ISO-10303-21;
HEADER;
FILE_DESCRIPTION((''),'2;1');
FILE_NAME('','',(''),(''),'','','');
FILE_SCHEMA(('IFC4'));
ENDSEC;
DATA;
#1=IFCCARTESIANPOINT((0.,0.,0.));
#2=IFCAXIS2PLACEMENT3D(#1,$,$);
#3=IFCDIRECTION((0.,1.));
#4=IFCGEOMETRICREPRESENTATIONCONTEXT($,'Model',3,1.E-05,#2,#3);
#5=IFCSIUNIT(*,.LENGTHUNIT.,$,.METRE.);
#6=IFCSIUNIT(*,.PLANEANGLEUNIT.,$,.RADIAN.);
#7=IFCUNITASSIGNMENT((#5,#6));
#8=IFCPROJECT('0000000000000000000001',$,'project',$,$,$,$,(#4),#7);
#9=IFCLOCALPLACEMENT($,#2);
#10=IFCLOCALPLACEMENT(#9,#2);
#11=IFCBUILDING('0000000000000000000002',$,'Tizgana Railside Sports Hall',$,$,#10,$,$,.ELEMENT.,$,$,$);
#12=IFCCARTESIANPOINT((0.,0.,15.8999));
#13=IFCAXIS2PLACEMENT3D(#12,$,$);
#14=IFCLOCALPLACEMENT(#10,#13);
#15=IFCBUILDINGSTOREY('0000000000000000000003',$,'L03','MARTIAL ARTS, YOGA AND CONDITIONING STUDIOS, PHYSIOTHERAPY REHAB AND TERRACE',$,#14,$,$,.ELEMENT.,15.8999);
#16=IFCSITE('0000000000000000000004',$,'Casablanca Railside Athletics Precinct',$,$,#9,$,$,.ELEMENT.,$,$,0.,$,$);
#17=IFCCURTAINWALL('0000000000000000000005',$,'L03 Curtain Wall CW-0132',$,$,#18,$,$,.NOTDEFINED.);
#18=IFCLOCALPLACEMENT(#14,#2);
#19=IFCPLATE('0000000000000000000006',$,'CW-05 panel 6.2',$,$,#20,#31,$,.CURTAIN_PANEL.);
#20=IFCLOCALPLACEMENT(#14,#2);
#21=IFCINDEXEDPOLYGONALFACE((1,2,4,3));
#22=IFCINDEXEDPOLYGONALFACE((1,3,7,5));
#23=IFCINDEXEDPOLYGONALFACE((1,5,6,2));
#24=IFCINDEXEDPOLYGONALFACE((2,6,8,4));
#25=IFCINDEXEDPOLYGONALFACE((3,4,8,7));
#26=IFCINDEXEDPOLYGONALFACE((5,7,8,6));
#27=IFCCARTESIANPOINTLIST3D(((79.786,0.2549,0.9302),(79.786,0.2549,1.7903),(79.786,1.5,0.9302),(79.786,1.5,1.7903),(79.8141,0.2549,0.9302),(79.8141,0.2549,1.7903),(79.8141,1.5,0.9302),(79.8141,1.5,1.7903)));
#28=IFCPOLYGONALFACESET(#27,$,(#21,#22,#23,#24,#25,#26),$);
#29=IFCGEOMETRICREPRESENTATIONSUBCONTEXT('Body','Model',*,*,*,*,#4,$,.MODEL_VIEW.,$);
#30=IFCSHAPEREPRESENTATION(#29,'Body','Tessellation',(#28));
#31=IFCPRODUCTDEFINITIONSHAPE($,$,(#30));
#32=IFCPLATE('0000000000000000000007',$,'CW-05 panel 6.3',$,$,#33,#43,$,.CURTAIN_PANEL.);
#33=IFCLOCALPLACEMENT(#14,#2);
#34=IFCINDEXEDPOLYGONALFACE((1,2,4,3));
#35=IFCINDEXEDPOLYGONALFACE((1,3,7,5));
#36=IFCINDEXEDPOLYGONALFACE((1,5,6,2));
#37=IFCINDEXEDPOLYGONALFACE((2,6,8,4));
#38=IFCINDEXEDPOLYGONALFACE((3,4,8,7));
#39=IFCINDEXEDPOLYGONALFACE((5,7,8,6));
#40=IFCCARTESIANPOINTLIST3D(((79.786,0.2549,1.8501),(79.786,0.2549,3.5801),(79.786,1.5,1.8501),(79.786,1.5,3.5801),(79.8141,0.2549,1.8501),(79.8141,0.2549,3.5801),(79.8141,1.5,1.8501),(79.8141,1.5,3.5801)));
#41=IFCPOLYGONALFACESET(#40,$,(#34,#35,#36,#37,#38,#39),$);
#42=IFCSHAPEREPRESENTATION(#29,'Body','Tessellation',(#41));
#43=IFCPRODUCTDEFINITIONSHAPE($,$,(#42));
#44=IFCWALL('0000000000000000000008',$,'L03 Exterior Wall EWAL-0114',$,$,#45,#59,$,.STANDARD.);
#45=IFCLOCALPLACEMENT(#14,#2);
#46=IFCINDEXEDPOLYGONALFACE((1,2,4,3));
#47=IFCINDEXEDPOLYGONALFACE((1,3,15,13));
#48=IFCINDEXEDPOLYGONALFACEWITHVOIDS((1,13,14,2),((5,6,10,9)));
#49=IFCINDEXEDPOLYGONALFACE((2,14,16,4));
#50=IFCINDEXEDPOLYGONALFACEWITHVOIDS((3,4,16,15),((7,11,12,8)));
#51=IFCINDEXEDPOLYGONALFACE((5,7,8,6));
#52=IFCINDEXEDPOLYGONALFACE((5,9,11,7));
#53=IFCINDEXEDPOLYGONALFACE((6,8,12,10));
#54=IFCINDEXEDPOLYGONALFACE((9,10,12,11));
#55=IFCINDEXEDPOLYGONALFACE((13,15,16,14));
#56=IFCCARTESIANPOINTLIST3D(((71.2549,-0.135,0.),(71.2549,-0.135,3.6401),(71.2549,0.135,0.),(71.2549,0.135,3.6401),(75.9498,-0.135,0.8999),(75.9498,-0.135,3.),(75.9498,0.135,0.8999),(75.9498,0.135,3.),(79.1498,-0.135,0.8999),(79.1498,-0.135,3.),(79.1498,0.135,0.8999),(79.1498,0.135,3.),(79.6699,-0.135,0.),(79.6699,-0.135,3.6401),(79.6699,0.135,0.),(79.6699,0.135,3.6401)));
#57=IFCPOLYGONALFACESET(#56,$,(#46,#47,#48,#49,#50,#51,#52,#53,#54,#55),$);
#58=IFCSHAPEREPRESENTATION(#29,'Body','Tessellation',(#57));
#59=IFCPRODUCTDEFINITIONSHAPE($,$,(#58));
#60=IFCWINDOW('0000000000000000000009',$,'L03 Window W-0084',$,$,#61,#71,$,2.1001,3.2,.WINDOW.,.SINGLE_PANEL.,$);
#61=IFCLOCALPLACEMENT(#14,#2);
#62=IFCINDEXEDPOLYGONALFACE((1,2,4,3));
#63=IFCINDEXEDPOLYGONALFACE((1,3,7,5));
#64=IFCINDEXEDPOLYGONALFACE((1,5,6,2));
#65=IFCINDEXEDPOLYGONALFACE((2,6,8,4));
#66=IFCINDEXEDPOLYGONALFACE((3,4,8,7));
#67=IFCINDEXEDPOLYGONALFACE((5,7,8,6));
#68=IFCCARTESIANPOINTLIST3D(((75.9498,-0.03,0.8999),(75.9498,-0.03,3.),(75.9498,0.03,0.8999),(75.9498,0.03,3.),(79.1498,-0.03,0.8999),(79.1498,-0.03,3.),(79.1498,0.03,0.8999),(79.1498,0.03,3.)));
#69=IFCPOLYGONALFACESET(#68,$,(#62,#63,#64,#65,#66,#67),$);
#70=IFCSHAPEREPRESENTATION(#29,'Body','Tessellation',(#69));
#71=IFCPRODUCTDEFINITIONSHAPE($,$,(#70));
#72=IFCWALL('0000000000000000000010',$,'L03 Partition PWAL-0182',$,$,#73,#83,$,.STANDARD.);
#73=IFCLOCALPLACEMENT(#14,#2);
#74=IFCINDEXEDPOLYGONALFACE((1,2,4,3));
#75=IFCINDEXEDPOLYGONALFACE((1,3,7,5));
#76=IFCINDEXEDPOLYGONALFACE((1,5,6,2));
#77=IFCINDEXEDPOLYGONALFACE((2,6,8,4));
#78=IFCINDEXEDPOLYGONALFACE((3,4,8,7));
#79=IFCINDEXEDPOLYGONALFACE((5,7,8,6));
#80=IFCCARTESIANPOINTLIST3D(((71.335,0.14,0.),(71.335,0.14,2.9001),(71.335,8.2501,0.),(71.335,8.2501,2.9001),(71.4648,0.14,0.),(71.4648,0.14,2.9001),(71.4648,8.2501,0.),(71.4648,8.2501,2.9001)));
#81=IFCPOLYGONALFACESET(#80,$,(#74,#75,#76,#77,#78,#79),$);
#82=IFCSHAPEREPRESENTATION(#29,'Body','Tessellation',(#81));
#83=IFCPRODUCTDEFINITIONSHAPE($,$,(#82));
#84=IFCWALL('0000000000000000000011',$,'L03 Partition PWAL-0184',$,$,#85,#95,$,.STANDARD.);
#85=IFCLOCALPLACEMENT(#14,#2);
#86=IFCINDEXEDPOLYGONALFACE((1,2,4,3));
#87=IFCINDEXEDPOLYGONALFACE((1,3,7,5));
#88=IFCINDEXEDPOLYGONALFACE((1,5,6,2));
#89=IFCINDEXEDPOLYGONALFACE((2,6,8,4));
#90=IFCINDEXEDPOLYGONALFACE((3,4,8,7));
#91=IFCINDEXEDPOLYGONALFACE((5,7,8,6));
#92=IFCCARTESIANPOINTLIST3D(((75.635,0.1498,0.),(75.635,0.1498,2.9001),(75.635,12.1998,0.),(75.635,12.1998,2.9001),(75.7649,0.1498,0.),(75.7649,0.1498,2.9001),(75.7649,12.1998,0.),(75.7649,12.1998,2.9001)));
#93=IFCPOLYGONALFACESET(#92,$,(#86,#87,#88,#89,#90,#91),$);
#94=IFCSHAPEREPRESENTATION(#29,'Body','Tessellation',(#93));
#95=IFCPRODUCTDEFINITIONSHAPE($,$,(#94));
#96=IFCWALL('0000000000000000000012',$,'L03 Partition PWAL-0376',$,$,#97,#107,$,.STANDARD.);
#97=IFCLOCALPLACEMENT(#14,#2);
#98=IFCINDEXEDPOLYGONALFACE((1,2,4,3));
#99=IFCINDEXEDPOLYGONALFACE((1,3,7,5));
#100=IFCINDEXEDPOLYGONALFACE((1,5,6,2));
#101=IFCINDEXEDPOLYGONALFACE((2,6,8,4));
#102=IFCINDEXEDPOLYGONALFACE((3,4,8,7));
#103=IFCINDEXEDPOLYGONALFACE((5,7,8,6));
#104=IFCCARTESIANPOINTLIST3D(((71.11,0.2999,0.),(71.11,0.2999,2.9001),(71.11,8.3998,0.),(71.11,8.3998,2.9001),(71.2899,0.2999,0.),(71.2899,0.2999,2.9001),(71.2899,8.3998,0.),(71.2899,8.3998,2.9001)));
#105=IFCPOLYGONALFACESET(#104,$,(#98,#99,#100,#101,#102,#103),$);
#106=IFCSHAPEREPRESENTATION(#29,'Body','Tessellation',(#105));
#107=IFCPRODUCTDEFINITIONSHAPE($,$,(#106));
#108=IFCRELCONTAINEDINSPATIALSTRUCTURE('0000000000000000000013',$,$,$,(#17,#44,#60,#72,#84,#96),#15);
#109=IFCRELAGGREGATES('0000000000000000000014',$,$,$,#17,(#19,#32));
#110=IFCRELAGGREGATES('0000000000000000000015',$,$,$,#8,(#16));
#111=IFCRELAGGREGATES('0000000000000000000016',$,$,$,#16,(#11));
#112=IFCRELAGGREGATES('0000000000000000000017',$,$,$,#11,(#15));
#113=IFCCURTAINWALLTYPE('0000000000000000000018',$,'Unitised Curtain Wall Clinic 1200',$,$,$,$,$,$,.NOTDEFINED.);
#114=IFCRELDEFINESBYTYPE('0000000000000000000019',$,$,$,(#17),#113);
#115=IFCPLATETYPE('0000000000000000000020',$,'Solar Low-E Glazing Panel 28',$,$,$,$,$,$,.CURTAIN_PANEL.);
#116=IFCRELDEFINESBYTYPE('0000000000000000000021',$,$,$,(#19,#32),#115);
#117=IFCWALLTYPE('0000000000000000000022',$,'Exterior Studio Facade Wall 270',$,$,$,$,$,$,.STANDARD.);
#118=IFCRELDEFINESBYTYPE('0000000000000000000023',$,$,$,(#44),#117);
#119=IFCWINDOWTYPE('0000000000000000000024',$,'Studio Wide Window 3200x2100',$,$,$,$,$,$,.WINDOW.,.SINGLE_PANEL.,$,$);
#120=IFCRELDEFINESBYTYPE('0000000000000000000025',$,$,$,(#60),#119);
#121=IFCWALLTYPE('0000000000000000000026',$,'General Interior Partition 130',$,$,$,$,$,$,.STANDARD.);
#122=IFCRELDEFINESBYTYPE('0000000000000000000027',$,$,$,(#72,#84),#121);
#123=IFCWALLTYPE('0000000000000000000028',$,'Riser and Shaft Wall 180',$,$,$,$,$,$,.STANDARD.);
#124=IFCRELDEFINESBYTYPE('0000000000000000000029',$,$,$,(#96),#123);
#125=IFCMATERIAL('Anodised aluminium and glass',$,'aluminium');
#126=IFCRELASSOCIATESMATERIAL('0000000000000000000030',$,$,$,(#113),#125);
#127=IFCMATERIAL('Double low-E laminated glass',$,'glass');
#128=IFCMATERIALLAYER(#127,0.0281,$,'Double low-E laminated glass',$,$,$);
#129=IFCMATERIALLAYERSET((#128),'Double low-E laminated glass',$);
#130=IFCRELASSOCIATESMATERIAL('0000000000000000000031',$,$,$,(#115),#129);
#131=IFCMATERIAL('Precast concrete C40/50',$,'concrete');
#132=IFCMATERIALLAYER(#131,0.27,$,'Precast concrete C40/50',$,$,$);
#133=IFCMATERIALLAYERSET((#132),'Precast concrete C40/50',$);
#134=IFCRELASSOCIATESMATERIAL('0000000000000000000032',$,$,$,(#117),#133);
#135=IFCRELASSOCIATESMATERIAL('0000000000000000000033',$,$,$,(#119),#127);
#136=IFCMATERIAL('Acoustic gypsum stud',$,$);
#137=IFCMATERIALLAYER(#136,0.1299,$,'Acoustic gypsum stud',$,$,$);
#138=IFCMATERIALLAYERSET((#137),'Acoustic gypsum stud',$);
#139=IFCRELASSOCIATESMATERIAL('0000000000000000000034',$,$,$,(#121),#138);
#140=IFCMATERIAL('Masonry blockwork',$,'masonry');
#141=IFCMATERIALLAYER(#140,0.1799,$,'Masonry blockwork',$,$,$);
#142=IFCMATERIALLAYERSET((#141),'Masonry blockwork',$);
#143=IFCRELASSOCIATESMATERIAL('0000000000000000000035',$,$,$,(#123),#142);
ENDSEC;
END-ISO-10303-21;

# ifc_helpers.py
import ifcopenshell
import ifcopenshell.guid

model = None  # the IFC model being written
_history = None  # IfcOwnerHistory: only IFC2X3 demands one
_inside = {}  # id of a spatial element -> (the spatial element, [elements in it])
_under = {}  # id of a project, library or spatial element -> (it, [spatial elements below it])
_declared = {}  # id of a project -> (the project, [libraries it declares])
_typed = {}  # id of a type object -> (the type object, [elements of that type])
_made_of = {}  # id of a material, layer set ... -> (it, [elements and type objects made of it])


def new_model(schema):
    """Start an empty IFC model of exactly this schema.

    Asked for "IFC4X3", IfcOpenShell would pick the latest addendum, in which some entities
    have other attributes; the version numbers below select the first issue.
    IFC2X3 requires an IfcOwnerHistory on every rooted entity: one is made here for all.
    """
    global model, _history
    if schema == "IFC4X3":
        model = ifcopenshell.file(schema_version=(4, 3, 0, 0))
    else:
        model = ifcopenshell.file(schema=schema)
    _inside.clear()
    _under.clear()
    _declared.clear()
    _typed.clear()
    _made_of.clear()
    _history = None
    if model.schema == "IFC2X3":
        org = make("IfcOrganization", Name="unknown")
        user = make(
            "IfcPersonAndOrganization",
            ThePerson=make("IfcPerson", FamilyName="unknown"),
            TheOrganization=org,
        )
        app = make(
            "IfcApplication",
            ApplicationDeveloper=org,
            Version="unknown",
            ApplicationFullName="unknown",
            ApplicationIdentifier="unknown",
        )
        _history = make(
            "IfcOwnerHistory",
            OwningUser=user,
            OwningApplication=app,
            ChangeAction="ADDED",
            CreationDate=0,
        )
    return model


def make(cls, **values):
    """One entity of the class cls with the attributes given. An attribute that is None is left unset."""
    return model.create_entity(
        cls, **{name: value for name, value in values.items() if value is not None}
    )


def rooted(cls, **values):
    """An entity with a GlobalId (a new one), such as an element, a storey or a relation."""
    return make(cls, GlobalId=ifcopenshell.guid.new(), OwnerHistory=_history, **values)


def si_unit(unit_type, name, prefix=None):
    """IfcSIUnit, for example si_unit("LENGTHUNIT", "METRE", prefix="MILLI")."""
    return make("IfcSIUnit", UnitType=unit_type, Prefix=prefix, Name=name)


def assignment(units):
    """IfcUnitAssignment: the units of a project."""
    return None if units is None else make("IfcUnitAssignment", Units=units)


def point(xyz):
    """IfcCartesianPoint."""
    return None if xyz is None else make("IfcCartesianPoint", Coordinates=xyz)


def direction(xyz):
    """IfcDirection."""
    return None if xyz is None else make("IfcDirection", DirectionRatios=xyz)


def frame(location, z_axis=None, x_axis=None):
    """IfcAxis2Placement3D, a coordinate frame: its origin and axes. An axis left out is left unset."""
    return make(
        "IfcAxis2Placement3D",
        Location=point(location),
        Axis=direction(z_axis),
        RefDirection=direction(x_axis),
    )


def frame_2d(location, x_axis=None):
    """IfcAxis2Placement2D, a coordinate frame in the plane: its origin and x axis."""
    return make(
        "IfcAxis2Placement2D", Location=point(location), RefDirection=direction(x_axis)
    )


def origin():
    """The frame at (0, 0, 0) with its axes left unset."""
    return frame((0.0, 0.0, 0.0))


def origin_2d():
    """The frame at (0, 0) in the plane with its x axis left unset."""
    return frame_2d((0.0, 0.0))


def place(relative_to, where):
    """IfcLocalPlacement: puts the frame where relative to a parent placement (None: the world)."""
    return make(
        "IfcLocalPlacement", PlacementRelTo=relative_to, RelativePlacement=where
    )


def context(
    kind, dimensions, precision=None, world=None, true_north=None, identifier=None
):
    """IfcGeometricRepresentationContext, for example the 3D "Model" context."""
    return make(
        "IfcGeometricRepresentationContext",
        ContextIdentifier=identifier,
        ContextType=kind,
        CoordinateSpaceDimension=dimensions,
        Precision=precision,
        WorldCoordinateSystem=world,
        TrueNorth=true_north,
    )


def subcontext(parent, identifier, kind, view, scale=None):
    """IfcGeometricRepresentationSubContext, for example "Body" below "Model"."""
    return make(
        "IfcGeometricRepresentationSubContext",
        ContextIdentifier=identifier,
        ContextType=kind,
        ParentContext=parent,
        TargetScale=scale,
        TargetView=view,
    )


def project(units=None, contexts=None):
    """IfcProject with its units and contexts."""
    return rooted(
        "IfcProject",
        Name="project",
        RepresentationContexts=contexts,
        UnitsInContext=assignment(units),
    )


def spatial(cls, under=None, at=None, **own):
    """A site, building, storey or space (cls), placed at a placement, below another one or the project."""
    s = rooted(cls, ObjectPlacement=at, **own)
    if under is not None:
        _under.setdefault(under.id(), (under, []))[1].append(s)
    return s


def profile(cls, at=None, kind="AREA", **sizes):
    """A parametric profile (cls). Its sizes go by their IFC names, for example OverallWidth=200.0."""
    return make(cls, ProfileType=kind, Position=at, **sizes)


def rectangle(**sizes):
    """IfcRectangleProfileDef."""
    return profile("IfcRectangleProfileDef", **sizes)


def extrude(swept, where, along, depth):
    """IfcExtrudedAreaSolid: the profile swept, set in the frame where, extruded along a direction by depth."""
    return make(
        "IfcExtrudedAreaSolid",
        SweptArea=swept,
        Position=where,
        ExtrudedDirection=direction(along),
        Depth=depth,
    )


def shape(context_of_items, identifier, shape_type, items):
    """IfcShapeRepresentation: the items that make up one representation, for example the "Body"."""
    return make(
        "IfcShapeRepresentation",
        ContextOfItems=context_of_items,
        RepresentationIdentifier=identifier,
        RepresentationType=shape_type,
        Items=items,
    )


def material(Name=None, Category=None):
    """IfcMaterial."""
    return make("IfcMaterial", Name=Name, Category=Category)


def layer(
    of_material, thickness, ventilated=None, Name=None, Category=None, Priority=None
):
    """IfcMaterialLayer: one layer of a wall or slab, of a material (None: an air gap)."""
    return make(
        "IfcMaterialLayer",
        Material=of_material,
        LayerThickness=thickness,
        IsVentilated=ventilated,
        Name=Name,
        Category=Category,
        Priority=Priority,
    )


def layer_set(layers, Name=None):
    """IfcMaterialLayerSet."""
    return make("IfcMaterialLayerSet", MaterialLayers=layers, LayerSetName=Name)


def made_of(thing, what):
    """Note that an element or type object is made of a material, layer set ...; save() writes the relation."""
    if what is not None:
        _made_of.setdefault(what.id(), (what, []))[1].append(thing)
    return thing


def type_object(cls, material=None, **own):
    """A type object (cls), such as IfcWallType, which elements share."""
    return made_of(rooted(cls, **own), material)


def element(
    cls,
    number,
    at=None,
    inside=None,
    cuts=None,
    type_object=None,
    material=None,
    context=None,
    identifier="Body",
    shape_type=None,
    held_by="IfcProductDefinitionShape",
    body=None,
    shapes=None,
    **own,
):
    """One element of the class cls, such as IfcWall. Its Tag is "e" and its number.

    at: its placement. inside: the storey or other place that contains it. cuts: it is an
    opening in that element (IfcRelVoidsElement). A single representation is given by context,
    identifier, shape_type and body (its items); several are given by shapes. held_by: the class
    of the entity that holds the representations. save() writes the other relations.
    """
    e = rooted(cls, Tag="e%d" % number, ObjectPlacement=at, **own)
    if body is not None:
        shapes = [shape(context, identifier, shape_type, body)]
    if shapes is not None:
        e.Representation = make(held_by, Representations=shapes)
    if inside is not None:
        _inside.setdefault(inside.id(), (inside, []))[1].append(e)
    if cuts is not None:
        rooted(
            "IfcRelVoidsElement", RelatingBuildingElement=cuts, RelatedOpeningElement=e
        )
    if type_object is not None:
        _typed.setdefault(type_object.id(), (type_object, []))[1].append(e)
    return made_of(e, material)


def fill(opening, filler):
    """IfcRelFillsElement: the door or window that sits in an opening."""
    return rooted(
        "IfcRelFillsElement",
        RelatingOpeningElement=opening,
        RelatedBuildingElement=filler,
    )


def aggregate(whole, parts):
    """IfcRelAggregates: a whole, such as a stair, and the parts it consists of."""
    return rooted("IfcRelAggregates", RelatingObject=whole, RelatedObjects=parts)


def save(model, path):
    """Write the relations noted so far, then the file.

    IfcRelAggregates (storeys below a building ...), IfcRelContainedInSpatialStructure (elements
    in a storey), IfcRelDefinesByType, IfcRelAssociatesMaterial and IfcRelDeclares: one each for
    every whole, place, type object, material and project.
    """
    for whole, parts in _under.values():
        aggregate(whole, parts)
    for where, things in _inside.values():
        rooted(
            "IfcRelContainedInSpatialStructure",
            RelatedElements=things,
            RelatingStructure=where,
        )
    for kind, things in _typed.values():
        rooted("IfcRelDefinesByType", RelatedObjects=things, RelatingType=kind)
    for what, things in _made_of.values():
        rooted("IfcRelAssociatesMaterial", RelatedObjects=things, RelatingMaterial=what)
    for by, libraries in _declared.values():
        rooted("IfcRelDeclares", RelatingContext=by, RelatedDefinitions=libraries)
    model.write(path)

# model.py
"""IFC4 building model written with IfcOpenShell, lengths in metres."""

from ifc_helpers import new_model, si_unit, direction, frame, frame_2d, origin, origin_2d, place, context, subcontext, project, spatial, rectangle, extrude, material, layer, layer_set, type_object, element, fill, aggregate, save


model = new_model("IFC4")

# Units and contexts
model_context = context("Model", 3, precision=1e-05, world=origin(), true_north=direction((0.0, 1.0)))
body_context = subcontext(model_context, "Body", "Model", "MODEL_VIEW")
ifc_project = project(units=[si_unit("LENGTHUNIT", "METRE"), si_unit("PLANEANGLEUNIT", "RADIAN")], contexts=[model_context])

# Site, building, storey
site_placement = place(None, origin())
site = spatial("IfcSite", under=ifc_project, at=site_placement, Name="Casablanca Railside Athletics Precinct", CompositionType="ELEMENT", RefElevation=0.0)
building_placement = place(site_placement, origin())
building = spatial("IfcBuilding", under=site, at=building_placement, Name="Tizgana Railside Sports Hall", CompositionType="ELEMENT")
storey_placement = place(building_placement, frame((0.0, 0.0, 15.8999)))
storey = spatial("IfcBuildingStorey", under=building, at=storey_placement, Name="L03", Description="MARTIAL ARTS, YOGA AND CONDITIONING STUDIOS, PHYSIOTHERAPY REHAB AND TERRACE", CompositionType="ELEMENT", Elevation=15.8999)

# Curtain wall
ifc_material_1 = material(Name="Anodised aluminium and glass", Category="aluminium")
curtain_wall_type_1 = type_object("IfcCurtainWallType", Name="Unitised Curtain Wall Clinic 1200", PredefinedType="NOTDEFINED", material=ifc_material_1)
curtain_wall_1_placement = place(storey_placement, origin())
curtain_wall_1 = element("IfcCurtainWall", 1, at=curtain_wall_1_placement, inside=storey, type_object=curtain_wall_type_1, Name="L03 Curtain Wall CW-0132", PredefinedType="NOTDEFINED")

# Plates
ifc_material_2 = material(Name="Double low-E laminated glass", Category="glass")
ifc_layer_1 = layer(ifc_material_2, 0.0281, Name="Double low-E laminated glass")
ifc_layer_set_1 = layer_set([ifc_layer_1], Name="Double low-E laminated glass")
plate_type = type_object("IfcPlateType", Name="Solar Low-E Glazing Panel 28", PredefinedType="CURTAIN_PANEL", material=ifc_layer_set_1)
plate_1_placement = place(storey_placement, frame((79.8, 0.8774, 0.9302), z_axis=(0.0, 0.0, 1.0), x_axis=(0.0, -1.0, 0.0)))
plate_1 = element("IfcPlate", 2, at=plate_1_placement, type_object=plate_type, Name="CW-05 panel 6.2", PredefinedType="CURTAIN_PANEL", context=body_context, shape_type="SweptSolid", body=[
    extrude(rectangle(XDim=1.2451, YDim=0.0281, at=origin_2d()), origin(), (0.0, 0.0, 1.0), 0.8601),
])
plate_2_placement = place(storey_placement, frame((79.8, 0.8774, 1.8501), z_axis=(0.0, 0.0, 1.0), x_axis=(0.0, -1.0, 0.0)))
plate_2 = element("IfcPlate", 3, at=plate_2_placement, type_object=plate_type, Name="CW-05 panel 6.3", PredefinedType="CURTAIN_PANEL", context=body_context, shape_type="SweptSolid", body=[
    extrude(rectangle(XDim=1.2451, YDim=0.0281, at=origin_2d()), origin(), (0.0, 0.0, 1.0), 1.73),
])
aggregate(curtain_wall_1, [plate_1, plate_2])

# Wall, opening, window
ifc_material_3 = material(Name="Precast concrete C40/50", Category="concrete")
ifc_layer_2 = layer(ifc_material_3, 0.27, Name="Precast concrete C40/50")
ifc_layer_set_2 = layer_set([ifc_layer_2], Name="Precast concrete C40/50")
wall_type_1 = type_object("IfcWallType", Name="Exterior Studio Facade Wall 270", PredefinedType="STANDARD", material=ifc_layer_set_2)
wall_1_placement = place(storey_placement, frame((79.6699, 0.0, 0.0), z_axis=(0.0, 0.0, 1.0), x_axis=(-1.0, 0.0, 0.0)))
wall_1 = element("IfcWall", 4, at=wall_1_placement, inside=storey, type_object=wall_type_1, Name="L03 Exterior Wall EWAL-0114", PredefinedType="STANDARD", context=body_context, shape_type="SweptSolid", body=[
    extrude(rectangle(XDim=8.415, YDim=0.27, at=frame_2d((4.2075, 0.0))), origin(), (0.0, 0.0, 1.0), 3.6401),
])
opening_placement = place(wall_1_placement, frame((0.52, 0.0, 0.8999)))
opening = element("IfcOpeningElement", 5, at=opening_placement, cuts=wall_1, PredefinedType="OPENING", context=body_context, shape_type="SweptSolid", body=[
    extrude(rectangle(XDim=3.2, YDim=2.1001, at=frame_2d((1.6001, 1.05))), frame((0.0, 0.145, 0.0), z_axis=(0.0, -1.0, 0.0), x_axis=(1.0, 0.0, 0.0)), (0.0, 0.0, 1.0), 0.29),
])
window_type = type_object("IfcWindowType", Name="Studio Wide Window 3200x2100", PartitioningType="SINGLE_PANEL", PredefinedType="WINDOW", material=ifc_material_2)
window_placement = place(opening_placement, origin())
window = element("IfcWindow", 6, at=window_placement, inside=storey, type_object=window_type, Name="L03 Window W-0084", OverallHeight=2.1001, OverallWidth=3.2, PartitioningType="SINGLE_PANEL", PredefinedType="WINDOW", context=body_context, shape_type="SweptSolid", body=[
    extrude(rectangle(XDim=3.2, YDim=2.1001, at=frame_2d((1.6001, 1.05))), frame((0.0, 0.03, 0.0), z_axis=(0.0, -1.0, 0.0), x_axis=(1.0, 0.0, 0.0)), (0.0, 0.0, 1.0), 0.0601),
])
fill(opening, window)

# Walls
ifc_material_4 = material(Name="Acoustic gypsum stud")
ifc_layer_3 = layer(ifc_material_4, 0.1299, Name="Acoustic gypsum stud")
ifc_layer_set_3 = layer_set([ifc_layer_3], Name="Acoustic gypsum stud")
wall_type_2 = type_object("IfcWallType", Name="General Interior Partition 130", PredefinedType="STANDARD", material=ifc_layer_set_3)
wall_2_placement = place(storey_placement, frame((71.3999, 0.1399, 0.0), z_axis=(0.0, 0.0, 1.0), x_axis=(0.0, 1.0, 0.0)))
element("IfcWall", 7, at=wall_2_placement, inside=storey, type_object=wall_type_2, Name="L03 Partition PWAL-0182", PredefinedType="STANDARD", context=body_context, shape_type="SweptSolid", body=[
    extrude(rectangle(XDim=8.1101, YDim=0.1299, at=frame_2d((4.0552, 0.0))), origin(), (0.0, 0.0, 1.0), 2.9001),
])
wall_3_placement = place(storey_placement, frame((75.7, 0.1499, 0.0), z_axis=(0.0, 0.0, 1.0), x_axis=(0.0, 1.0, 0.0)))
element("IfcWall", 8, at=wall_3_placement, inside=storey, type_object=wall_type_2, Name="L03 Partition PWAL-0184", PredefinedType="STANDARD", context=body_context, shape_type="SweptSolid", body=[
    extrude(rectangle(XDim=12.05, YDim=0.1299, at=frame_2d((6.0249, 0.0))), origin(), (0.0, 0.0, 1.0), 2.9001),
])
ifc_material_5 = material(Name="Masonry blockwork", Category="masonry")
ifc_layer_4 = layer(ifc_material_5, 0.1799, Name="Masonry blockwork")
ifc_layer_set_4 = layer_set([ifc_layer_4], Name="Masonry blockwork")
wall_type_3 = type_object("IfcWallType", Name="Riser and Shaft Wall 180", PredefinedType="STANDARD", material=ifc_layer_set_4)
wall_4_placement = place(storey_placement, frame((71.2, 0.3, 0.0), z_axis=(0.0, 0.0, 1.0), x_axis=(0.0, 1.0, 0.0)))
element("IfcWall", 9, at=wall_4_placement, inside=storey, type_object=wall_type_3, Name="L03 Partition PWAL-0376", PredefinedType="STANDARD", context=body_context, shape_type="SweptSolid", body=[
    extrude(rectangle(XDim=8.0999, YDim=0.1799, at=frame_2d((4.0498, 0.0))), origin(), (0.0, 0.0, 1.0), 2.9001),
])

save(model, "model.ifc")
